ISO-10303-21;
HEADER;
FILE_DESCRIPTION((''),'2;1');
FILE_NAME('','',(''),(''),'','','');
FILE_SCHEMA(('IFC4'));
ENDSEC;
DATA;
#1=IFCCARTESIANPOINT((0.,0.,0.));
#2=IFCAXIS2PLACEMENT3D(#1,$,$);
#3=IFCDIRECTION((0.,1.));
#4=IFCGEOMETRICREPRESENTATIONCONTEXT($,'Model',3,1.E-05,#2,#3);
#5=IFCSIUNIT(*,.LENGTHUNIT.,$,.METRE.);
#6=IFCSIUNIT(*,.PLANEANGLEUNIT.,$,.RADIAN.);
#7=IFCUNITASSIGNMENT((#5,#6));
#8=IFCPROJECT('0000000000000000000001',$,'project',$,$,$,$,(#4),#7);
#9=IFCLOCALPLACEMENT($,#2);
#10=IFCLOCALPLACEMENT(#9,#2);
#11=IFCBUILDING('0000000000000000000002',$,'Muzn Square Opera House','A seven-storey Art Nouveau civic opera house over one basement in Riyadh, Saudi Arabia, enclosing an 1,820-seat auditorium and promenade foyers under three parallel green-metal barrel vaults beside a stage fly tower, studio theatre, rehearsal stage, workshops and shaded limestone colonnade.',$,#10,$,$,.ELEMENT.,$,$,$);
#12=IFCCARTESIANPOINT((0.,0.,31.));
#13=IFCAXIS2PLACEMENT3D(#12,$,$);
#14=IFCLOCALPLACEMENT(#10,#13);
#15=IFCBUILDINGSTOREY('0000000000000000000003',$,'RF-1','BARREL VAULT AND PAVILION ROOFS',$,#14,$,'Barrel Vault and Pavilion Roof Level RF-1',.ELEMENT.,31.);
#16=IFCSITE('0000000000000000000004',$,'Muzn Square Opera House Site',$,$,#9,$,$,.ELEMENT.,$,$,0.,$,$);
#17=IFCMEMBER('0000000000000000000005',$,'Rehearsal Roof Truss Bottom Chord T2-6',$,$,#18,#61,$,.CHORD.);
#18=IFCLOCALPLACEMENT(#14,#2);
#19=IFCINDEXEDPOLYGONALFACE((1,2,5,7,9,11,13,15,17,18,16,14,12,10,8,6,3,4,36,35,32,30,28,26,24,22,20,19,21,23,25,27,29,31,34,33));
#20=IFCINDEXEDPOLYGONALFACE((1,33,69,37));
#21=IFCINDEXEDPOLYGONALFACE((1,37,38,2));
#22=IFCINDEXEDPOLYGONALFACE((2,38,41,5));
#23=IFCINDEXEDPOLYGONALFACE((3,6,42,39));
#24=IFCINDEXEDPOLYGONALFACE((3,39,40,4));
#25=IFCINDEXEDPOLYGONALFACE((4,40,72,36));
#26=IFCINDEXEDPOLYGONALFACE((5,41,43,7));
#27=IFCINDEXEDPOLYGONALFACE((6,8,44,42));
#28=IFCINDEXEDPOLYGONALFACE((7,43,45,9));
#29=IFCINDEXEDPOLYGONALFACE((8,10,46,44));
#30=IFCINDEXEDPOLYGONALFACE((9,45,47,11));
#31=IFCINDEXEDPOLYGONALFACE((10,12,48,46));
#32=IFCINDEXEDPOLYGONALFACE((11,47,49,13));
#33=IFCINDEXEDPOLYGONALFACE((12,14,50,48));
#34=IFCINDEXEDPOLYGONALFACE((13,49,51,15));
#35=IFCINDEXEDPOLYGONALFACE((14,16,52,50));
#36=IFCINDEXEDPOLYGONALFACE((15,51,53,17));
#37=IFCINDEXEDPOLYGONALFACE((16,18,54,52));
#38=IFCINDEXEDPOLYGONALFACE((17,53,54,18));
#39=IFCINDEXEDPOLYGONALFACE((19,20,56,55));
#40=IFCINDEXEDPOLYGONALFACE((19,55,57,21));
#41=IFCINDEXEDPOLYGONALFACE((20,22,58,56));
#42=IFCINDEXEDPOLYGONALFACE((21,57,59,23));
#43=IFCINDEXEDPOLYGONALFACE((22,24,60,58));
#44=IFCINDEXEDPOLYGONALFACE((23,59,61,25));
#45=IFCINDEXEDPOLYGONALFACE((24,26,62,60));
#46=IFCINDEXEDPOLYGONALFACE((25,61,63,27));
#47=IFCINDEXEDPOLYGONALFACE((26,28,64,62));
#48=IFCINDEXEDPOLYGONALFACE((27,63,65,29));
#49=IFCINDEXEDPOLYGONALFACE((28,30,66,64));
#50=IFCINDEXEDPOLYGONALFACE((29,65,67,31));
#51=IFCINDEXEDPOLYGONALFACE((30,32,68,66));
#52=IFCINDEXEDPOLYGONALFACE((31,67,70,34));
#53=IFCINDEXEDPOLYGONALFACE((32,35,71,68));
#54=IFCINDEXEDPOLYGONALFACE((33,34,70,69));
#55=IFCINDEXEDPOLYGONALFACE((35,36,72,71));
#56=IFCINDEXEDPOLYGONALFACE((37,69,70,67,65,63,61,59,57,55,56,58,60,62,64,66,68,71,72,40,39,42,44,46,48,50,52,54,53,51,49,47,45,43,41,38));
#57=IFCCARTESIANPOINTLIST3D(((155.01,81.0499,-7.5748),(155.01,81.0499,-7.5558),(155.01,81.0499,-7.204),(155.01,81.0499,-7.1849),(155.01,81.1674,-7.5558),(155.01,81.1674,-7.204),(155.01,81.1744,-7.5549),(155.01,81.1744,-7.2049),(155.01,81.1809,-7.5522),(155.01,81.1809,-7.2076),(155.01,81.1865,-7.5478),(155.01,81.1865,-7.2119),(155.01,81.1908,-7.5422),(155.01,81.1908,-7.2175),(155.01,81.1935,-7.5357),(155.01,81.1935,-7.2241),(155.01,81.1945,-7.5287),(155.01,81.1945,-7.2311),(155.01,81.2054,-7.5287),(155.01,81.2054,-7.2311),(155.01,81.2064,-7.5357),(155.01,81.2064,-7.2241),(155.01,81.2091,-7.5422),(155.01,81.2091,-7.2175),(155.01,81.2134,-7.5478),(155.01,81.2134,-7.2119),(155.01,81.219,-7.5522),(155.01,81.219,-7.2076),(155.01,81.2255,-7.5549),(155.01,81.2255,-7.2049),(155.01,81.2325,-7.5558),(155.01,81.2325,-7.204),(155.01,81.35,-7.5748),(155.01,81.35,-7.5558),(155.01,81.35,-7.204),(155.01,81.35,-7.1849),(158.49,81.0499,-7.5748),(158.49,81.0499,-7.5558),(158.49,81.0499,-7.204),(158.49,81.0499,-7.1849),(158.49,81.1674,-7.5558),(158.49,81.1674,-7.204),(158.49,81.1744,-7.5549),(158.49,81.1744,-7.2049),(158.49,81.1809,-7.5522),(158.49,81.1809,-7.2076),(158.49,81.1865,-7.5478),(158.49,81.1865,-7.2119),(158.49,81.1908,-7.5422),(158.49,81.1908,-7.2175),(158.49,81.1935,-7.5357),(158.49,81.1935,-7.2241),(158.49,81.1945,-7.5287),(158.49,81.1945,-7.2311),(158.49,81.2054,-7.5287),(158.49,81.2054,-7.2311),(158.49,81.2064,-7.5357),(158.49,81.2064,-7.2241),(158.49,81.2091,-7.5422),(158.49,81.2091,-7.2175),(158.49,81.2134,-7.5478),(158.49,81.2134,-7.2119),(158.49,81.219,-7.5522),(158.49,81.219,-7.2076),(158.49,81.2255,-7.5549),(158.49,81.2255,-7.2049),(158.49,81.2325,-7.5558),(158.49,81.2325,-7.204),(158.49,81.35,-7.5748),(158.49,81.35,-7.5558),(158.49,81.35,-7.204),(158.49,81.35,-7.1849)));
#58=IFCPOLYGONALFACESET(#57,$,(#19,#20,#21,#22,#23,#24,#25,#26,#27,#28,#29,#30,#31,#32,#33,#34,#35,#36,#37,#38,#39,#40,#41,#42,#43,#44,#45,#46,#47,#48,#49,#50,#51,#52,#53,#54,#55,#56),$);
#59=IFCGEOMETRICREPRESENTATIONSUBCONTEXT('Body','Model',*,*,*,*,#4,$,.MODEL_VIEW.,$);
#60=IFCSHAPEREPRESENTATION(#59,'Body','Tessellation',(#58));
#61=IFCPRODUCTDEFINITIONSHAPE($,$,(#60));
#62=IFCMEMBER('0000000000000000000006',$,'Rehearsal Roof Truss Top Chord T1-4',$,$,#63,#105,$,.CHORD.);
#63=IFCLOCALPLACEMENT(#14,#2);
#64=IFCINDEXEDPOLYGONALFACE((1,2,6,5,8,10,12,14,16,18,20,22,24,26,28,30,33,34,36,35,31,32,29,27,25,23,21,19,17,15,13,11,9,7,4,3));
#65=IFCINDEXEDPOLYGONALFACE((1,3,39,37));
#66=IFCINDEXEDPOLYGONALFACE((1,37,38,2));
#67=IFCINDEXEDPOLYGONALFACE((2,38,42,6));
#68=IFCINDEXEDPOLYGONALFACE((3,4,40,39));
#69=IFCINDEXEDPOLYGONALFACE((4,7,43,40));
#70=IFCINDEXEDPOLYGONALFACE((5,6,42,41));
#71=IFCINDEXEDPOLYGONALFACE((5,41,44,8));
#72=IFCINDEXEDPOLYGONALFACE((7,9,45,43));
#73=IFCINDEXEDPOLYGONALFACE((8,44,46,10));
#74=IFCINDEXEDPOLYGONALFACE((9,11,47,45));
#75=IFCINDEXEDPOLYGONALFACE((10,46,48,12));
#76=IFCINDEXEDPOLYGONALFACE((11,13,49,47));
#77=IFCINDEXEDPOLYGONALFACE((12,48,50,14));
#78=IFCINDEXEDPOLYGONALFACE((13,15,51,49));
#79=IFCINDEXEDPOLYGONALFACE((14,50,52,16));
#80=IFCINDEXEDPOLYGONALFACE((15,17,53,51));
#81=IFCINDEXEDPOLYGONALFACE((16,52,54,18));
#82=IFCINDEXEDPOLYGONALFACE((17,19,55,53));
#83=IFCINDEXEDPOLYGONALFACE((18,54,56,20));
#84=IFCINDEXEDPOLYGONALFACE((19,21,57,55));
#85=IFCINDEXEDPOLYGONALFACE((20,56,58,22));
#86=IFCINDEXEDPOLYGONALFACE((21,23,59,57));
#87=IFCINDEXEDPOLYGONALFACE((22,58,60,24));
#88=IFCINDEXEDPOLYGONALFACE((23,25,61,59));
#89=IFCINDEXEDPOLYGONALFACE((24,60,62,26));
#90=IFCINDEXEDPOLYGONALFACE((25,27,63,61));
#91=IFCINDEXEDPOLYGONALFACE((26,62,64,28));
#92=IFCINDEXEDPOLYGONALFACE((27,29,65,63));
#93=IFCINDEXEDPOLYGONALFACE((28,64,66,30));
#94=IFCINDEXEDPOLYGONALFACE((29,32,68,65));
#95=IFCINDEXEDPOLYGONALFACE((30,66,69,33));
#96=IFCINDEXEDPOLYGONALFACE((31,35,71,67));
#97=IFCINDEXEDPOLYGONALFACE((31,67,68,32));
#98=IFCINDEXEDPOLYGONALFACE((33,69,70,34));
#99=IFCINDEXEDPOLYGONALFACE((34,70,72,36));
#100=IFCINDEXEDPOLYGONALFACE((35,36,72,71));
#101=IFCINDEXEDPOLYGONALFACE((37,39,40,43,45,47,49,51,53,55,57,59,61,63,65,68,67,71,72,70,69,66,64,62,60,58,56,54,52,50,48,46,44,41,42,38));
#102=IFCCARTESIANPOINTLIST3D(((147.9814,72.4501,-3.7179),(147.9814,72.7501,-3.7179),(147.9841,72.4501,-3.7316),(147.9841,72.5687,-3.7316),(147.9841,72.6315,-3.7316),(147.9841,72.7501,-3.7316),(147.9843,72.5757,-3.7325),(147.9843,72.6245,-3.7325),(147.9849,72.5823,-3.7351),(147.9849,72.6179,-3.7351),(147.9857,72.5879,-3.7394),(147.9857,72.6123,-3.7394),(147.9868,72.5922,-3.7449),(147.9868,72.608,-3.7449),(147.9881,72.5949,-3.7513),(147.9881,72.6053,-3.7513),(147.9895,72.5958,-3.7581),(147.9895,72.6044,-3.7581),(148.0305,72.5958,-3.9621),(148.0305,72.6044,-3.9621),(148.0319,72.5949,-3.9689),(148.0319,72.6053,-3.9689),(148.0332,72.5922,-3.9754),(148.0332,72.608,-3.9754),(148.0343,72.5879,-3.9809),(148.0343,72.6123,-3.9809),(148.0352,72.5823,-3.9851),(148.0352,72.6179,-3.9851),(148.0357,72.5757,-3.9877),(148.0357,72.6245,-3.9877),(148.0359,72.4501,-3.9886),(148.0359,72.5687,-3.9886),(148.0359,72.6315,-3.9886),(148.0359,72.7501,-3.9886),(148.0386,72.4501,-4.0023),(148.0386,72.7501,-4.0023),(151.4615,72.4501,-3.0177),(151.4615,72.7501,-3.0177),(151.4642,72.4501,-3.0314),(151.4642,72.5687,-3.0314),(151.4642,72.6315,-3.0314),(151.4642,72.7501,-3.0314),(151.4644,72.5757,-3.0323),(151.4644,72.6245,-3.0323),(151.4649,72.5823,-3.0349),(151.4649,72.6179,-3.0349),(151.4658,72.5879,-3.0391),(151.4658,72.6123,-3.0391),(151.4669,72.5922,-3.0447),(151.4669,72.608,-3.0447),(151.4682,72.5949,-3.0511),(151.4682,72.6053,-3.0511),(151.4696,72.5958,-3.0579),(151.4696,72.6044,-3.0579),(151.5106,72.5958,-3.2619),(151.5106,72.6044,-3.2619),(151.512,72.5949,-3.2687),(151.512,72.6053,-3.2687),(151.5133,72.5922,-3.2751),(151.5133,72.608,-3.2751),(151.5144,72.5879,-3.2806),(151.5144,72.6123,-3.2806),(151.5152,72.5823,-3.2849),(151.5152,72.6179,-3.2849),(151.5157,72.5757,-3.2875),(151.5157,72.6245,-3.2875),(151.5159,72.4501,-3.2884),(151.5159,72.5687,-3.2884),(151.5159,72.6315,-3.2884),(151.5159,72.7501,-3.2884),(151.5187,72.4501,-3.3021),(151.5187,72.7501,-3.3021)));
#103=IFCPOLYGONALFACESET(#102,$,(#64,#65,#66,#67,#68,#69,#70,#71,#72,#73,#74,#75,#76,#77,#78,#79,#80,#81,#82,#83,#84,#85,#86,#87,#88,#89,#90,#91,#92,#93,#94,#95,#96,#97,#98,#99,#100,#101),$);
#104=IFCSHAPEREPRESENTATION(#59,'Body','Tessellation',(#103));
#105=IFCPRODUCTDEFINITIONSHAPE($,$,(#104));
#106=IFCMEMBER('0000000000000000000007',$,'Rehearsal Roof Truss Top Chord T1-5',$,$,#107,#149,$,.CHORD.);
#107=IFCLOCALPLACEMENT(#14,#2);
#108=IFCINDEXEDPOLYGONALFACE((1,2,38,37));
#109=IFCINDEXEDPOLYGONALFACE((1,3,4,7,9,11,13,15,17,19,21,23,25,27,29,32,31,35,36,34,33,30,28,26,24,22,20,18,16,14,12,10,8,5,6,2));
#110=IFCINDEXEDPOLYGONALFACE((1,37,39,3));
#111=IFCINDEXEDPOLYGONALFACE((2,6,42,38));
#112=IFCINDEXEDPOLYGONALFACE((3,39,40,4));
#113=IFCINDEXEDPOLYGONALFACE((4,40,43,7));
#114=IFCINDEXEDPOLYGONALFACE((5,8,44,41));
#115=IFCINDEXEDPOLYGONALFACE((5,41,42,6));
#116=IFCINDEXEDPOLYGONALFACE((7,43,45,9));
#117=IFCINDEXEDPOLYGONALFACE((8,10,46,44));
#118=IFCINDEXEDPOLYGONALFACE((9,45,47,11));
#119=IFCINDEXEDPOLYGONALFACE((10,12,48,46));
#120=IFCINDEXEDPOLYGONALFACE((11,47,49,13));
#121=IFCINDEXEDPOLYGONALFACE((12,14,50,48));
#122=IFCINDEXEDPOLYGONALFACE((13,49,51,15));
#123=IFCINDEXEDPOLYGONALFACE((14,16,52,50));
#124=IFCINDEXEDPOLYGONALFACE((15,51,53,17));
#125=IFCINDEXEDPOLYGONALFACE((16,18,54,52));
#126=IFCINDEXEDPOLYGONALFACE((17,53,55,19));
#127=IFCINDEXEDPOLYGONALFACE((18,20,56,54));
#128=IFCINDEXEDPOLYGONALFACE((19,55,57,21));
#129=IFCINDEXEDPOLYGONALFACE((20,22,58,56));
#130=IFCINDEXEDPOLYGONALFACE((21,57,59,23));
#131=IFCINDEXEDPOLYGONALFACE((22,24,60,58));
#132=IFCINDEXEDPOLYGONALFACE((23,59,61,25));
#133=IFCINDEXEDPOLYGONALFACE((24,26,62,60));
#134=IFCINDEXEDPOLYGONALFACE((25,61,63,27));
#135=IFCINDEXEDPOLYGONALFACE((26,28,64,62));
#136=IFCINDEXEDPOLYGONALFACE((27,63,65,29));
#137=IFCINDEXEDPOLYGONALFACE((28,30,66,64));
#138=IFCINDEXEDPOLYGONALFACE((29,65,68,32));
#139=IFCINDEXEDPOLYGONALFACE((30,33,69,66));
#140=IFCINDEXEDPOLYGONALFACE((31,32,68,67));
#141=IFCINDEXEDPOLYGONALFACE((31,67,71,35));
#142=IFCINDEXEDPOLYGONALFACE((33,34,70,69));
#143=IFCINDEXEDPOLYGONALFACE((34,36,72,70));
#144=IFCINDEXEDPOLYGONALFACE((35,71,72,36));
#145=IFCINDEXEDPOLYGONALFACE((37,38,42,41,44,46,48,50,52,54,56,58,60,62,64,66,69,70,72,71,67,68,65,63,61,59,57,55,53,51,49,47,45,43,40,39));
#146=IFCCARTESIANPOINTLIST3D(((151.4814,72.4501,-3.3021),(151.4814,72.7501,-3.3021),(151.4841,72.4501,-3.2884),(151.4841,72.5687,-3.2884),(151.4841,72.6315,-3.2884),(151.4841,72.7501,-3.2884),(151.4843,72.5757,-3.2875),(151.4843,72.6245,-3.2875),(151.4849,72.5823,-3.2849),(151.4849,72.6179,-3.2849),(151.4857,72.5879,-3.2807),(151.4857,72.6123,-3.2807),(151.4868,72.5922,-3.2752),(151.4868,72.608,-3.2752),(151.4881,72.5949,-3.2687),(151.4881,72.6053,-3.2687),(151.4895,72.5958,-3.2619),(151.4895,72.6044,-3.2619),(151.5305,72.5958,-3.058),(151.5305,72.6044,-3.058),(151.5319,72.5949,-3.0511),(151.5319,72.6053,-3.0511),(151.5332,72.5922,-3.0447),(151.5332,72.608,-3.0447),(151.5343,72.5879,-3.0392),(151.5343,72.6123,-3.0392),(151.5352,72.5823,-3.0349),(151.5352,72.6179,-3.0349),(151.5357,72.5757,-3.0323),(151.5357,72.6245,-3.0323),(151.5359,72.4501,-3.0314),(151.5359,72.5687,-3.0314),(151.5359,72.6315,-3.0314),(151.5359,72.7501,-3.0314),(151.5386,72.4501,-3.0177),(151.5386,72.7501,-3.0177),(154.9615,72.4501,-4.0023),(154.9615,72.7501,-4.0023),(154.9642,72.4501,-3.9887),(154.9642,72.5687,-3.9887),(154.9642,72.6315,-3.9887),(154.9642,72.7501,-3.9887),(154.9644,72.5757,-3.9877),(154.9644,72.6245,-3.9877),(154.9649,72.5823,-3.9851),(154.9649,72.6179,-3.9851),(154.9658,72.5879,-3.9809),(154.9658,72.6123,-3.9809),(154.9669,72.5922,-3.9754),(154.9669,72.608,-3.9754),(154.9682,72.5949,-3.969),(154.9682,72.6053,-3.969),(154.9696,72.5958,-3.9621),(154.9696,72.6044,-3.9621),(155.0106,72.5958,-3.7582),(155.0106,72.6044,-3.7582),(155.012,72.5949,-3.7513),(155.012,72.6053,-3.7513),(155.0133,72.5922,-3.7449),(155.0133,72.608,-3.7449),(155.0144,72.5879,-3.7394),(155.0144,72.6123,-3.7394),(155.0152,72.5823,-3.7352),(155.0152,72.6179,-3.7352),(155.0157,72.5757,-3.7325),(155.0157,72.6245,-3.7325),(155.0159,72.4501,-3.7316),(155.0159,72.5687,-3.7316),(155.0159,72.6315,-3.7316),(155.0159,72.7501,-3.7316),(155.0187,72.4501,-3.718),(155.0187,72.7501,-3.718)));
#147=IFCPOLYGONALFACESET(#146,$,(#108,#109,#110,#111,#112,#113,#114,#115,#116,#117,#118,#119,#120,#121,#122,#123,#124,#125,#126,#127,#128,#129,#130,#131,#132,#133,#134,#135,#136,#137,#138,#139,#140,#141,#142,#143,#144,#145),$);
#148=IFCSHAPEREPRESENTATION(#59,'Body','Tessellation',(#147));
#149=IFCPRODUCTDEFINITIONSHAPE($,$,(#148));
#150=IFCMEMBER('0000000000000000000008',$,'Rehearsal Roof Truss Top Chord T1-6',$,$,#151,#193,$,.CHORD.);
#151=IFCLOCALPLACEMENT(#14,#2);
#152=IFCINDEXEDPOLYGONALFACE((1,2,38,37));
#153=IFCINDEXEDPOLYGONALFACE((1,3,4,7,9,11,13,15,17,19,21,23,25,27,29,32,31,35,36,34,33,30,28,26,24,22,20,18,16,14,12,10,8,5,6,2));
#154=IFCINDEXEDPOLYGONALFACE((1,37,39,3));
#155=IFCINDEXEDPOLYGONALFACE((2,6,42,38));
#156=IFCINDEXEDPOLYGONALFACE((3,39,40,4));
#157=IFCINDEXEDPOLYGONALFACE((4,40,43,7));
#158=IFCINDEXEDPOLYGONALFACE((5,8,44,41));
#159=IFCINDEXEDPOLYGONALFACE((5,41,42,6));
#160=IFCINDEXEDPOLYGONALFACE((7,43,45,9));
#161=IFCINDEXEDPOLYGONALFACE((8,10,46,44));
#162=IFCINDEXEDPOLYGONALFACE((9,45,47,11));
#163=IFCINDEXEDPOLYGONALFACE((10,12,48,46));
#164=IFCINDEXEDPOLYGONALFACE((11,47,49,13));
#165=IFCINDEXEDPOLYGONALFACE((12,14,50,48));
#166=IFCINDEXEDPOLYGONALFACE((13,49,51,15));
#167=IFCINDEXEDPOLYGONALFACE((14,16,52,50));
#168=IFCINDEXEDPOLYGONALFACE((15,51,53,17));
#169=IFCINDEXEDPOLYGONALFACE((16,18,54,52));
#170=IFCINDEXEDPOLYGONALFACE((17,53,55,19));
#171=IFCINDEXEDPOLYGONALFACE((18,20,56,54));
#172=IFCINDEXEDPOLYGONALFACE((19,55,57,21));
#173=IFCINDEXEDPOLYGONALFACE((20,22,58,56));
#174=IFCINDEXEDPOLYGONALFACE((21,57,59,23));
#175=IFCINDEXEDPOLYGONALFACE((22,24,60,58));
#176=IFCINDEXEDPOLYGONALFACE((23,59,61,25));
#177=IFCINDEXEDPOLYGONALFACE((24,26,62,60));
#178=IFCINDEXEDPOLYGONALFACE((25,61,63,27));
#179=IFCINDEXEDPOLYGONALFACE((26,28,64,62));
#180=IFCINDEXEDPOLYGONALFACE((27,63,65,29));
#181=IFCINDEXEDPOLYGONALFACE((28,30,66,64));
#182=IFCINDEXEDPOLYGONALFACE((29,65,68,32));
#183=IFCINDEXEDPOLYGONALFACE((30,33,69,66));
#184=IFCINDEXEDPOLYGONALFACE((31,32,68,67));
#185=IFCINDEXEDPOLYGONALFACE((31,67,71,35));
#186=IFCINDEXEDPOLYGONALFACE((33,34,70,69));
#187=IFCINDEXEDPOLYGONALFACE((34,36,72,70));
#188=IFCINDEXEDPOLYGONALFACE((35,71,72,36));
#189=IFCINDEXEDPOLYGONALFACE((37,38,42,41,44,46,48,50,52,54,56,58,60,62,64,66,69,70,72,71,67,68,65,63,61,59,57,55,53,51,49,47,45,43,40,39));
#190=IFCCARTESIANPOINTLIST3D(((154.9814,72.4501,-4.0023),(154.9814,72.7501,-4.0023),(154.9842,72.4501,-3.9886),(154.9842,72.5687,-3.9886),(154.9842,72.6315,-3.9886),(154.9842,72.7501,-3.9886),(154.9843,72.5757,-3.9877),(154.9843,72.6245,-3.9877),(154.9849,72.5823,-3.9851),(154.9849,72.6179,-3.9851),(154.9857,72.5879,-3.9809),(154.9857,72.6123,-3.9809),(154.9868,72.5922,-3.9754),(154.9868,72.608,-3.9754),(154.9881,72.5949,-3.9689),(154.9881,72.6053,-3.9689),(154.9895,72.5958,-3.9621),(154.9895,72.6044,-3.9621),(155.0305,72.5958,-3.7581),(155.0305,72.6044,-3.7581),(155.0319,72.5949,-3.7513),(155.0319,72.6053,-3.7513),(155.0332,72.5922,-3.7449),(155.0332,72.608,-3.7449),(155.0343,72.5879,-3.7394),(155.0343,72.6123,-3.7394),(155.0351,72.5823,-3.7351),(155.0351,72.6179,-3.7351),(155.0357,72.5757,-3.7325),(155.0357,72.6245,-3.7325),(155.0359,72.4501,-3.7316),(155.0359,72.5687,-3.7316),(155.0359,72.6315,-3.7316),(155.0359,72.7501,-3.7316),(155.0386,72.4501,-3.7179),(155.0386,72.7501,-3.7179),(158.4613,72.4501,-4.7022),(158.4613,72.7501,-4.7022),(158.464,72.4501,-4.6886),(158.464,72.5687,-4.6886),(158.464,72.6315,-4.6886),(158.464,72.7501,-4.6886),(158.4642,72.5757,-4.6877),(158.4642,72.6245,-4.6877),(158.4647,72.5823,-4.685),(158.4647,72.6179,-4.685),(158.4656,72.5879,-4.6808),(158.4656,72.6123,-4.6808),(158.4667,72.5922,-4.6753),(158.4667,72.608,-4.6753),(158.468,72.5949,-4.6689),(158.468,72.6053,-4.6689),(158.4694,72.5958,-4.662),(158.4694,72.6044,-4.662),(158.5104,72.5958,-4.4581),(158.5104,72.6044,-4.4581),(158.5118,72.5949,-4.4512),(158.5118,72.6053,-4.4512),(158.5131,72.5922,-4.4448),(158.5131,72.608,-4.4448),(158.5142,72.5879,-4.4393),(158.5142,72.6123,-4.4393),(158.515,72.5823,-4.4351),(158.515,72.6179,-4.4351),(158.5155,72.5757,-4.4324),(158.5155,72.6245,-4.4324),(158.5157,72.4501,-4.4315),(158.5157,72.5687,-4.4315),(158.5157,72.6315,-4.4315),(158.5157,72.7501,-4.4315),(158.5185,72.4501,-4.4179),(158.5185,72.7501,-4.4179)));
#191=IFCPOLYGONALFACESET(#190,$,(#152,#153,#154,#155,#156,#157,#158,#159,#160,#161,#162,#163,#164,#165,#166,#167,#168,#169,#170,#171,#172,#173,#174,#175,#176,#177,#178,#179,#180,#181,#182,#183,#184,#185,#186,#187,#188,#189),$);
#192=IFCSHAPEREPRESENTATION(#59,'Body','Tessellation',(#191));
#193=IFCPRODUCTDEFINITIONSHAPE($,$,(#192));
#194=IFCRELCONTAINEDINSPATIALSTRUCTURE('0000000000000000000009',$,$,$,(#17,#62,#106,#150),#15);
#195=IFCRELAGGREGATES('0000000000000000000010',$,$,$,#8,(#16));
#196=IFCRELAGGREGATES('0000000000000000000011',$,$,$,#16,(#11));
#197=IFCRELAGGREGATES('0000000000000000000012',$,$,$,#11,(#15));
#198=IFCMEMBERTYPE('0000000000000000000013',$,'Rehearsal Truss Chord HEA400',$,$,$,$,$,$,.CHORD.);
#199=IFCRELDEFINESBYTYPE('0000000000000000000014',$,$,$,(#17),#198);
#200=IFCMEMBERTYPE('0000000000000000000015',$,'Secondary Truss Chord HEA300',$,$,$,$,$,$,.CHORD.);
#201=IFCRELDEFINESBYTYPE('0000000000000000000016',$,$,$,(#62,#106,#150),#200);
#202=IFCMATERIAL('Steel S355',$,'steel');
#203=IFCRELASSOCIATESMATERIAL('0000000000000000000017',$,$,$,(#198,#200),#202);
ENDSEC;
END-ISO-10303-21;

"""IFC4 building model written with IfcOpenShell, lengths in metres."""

from ifc_helpers import new_model, si_unit, direction, frame, origin, origin_2d, place, context, subcontext, project, spatial, i_section, extrude, material, material_profile, profile_set, type_object, element, save


model = new_model("IFC4")

# Units and contexts
model_context = context("Model", 3, precision=1e-05, world=origin(), true_north=direction((0.0, 1.0)))
body_context = subcontext(model_context, "Body", "Model", "MODEL_VIEW")
ifc_project = project(units=[si_unit("LENGTHUNIT", "METRE"), si_unit("PLANEANGLEUNIT", "RADIAN")], contexts=[model_context])

# Site, building, storey
site_placement = place(None, origin())
site = spatial("IfcSite", under=ifc_project, at=site_placement, Name="Muzn Square Opera House Site", CompositionType="ELEMENT", RefElevation=0.0)
building_placement = place(site_placement, origin())
building = spatial("IfcBuilding", under=site, at=building_placement, Name="Muzn Square Opera House", Description="A seven-storey Art Nouveau civic opera house over one basement in Riyadh, Saudi Arabia, enclosing an 1,820-seat auditorium and promenade foyers under three parallel green-metal barrel vaults beside a stage fly tower, studio theatre, rehearsal stage, workshops and shaded limestone colonnade.", CompositionType="ELEMENT")
storey_placement = place(building_placement, frame((0.0, 0.0, 31.0)))
storey = spatial("IfcBuildingStorey", under=building, at=storey_placement, Name="RF-1", Description="BARREL VAULT AND PAVILION ROOFS", LongName="Barrel Vault and Pavilion Roof Level RF-1", CompositionType="ELEMENT", Elevation=31.0)

# Members
ifc_material_1 = material(Name="Steel S355", Category="steel")
ifc_material_profile_1 = material_profile(ifc_material_1, i_section(OverallWidth=0.3, OverallDepth=0.3899, WebThickness=0.011, FlangeThickness=0.019, FilletRadius=0.0271, at=origin_2d()), Name="HEA 400", Category="steel")
ifc_profile_set_1 = profile_set([ifc_material_profile_1], Name="Steel S355")
member_type_1 = type_object("IfcMemberType", Name="Rehearsal Truss Chord HEA400", PredefinedType="CHORD", material=ifc_profile_set_1)
for number, where, z_axis, x_axis, name in (
    (1, (155.01, 81.2, -7.3799), (1.0, 0.0, 0.0), (0.0, 1.0, 0.0), "Rehearsal Roof Truss Bottom Chord T2-6"),
):
    element("IfcMember", number, at=place(storey_placement, frame(where, z_axis=z_axis, x_axis=x_axis)), inside=storey, type_object=member_type_1, Name=name, PredefinedType="CHORD", context=body_context, shape_type="SweptSolid", body=[
        extrude(i_section(OverallWidth=0.3, OverallDepth=0.3899, WebThickness=0.011, FlangeThickness=0.019, FilletRadius=0.0271, at=origin_2d()), origin(), (0.0, 0.0, 1.0), 3.48),
    ])
ifc_material_profile_2 = material_profile(ifc_material_1, i_section(OverallWidth=0.3, OverallDepth=0.29, WebThickness=0.0085, FlangeThickness=0.0139, FilletRadius=0.0271, at=origin_2d()), Name="HEA 300", Category="steel")
ifc_profile_set_2 = profile_set([ifc_material_profile_2], Name="Steel S355")
member_type_2 = type_object("IfcMemberType", Name="Secondary Truss Chord HEA300", PredefinedType="CHORD", material=ifc_profile_set_2)
for number, where, z_axis, x_axis, name in (
    (2, (148.01, 72.6001, -3.8601), (0.980353, 0.0, 0.197253), (0.0, 1.0, 0.0), "Rehearsal Roof Truss Top Chord T1-4"),
    (3, (151.51, 72.6001, -3.1599), (0.980353, 0.0, -0.197253), (0.0, 1.0, 0.0), "Rehearsal Roof Truss Top Chord T1-5"),
):
    element("IfcMember", number, at=place(storey_placement, frame(where, z_axis=z_axis, x_axis=x_axis)), inside=storey, type_object=member_type_2, Name=name, PredefinedType="CHORD", context=body_context, shape_type="SweptSolid", body=[
        extrude(i_section(OverallWidth=0.3, OverallDepth=0.29, WebThickness=0.0085, FlangeThickness=0.0139, FilletRadius=0.0271, at=origin_2d()), origin(), (0.0, 0.0, 1.0), 3.5498),
    ])
member_1_placement = place(storey_placement, frame((155.01, 72.6001, -3.8601), z_axis=(0.980366, 0.0, -0.197187), x_axis=(0.0, 1.0, 0.0)))
element("IfcMember", 4, at=member_1_placement, inside=storey, type_object=member_type_2, Name="Rehearsal Roof Truss Top Chord T1-6", PredefinedType="CHORD", context=body_context, shape_type="SweptSolid", body=[
    extrude(i_section(OverallWidth=0.3, OverallDepth=0.29, WebThickness=0.0085, FlangeThickness=0.0139, FilletRadius=0.0271, at=origin_2d()), origin(), (0.0, 0.0, 1.0), 3.5496),
])

save(model, "model.ifc")
